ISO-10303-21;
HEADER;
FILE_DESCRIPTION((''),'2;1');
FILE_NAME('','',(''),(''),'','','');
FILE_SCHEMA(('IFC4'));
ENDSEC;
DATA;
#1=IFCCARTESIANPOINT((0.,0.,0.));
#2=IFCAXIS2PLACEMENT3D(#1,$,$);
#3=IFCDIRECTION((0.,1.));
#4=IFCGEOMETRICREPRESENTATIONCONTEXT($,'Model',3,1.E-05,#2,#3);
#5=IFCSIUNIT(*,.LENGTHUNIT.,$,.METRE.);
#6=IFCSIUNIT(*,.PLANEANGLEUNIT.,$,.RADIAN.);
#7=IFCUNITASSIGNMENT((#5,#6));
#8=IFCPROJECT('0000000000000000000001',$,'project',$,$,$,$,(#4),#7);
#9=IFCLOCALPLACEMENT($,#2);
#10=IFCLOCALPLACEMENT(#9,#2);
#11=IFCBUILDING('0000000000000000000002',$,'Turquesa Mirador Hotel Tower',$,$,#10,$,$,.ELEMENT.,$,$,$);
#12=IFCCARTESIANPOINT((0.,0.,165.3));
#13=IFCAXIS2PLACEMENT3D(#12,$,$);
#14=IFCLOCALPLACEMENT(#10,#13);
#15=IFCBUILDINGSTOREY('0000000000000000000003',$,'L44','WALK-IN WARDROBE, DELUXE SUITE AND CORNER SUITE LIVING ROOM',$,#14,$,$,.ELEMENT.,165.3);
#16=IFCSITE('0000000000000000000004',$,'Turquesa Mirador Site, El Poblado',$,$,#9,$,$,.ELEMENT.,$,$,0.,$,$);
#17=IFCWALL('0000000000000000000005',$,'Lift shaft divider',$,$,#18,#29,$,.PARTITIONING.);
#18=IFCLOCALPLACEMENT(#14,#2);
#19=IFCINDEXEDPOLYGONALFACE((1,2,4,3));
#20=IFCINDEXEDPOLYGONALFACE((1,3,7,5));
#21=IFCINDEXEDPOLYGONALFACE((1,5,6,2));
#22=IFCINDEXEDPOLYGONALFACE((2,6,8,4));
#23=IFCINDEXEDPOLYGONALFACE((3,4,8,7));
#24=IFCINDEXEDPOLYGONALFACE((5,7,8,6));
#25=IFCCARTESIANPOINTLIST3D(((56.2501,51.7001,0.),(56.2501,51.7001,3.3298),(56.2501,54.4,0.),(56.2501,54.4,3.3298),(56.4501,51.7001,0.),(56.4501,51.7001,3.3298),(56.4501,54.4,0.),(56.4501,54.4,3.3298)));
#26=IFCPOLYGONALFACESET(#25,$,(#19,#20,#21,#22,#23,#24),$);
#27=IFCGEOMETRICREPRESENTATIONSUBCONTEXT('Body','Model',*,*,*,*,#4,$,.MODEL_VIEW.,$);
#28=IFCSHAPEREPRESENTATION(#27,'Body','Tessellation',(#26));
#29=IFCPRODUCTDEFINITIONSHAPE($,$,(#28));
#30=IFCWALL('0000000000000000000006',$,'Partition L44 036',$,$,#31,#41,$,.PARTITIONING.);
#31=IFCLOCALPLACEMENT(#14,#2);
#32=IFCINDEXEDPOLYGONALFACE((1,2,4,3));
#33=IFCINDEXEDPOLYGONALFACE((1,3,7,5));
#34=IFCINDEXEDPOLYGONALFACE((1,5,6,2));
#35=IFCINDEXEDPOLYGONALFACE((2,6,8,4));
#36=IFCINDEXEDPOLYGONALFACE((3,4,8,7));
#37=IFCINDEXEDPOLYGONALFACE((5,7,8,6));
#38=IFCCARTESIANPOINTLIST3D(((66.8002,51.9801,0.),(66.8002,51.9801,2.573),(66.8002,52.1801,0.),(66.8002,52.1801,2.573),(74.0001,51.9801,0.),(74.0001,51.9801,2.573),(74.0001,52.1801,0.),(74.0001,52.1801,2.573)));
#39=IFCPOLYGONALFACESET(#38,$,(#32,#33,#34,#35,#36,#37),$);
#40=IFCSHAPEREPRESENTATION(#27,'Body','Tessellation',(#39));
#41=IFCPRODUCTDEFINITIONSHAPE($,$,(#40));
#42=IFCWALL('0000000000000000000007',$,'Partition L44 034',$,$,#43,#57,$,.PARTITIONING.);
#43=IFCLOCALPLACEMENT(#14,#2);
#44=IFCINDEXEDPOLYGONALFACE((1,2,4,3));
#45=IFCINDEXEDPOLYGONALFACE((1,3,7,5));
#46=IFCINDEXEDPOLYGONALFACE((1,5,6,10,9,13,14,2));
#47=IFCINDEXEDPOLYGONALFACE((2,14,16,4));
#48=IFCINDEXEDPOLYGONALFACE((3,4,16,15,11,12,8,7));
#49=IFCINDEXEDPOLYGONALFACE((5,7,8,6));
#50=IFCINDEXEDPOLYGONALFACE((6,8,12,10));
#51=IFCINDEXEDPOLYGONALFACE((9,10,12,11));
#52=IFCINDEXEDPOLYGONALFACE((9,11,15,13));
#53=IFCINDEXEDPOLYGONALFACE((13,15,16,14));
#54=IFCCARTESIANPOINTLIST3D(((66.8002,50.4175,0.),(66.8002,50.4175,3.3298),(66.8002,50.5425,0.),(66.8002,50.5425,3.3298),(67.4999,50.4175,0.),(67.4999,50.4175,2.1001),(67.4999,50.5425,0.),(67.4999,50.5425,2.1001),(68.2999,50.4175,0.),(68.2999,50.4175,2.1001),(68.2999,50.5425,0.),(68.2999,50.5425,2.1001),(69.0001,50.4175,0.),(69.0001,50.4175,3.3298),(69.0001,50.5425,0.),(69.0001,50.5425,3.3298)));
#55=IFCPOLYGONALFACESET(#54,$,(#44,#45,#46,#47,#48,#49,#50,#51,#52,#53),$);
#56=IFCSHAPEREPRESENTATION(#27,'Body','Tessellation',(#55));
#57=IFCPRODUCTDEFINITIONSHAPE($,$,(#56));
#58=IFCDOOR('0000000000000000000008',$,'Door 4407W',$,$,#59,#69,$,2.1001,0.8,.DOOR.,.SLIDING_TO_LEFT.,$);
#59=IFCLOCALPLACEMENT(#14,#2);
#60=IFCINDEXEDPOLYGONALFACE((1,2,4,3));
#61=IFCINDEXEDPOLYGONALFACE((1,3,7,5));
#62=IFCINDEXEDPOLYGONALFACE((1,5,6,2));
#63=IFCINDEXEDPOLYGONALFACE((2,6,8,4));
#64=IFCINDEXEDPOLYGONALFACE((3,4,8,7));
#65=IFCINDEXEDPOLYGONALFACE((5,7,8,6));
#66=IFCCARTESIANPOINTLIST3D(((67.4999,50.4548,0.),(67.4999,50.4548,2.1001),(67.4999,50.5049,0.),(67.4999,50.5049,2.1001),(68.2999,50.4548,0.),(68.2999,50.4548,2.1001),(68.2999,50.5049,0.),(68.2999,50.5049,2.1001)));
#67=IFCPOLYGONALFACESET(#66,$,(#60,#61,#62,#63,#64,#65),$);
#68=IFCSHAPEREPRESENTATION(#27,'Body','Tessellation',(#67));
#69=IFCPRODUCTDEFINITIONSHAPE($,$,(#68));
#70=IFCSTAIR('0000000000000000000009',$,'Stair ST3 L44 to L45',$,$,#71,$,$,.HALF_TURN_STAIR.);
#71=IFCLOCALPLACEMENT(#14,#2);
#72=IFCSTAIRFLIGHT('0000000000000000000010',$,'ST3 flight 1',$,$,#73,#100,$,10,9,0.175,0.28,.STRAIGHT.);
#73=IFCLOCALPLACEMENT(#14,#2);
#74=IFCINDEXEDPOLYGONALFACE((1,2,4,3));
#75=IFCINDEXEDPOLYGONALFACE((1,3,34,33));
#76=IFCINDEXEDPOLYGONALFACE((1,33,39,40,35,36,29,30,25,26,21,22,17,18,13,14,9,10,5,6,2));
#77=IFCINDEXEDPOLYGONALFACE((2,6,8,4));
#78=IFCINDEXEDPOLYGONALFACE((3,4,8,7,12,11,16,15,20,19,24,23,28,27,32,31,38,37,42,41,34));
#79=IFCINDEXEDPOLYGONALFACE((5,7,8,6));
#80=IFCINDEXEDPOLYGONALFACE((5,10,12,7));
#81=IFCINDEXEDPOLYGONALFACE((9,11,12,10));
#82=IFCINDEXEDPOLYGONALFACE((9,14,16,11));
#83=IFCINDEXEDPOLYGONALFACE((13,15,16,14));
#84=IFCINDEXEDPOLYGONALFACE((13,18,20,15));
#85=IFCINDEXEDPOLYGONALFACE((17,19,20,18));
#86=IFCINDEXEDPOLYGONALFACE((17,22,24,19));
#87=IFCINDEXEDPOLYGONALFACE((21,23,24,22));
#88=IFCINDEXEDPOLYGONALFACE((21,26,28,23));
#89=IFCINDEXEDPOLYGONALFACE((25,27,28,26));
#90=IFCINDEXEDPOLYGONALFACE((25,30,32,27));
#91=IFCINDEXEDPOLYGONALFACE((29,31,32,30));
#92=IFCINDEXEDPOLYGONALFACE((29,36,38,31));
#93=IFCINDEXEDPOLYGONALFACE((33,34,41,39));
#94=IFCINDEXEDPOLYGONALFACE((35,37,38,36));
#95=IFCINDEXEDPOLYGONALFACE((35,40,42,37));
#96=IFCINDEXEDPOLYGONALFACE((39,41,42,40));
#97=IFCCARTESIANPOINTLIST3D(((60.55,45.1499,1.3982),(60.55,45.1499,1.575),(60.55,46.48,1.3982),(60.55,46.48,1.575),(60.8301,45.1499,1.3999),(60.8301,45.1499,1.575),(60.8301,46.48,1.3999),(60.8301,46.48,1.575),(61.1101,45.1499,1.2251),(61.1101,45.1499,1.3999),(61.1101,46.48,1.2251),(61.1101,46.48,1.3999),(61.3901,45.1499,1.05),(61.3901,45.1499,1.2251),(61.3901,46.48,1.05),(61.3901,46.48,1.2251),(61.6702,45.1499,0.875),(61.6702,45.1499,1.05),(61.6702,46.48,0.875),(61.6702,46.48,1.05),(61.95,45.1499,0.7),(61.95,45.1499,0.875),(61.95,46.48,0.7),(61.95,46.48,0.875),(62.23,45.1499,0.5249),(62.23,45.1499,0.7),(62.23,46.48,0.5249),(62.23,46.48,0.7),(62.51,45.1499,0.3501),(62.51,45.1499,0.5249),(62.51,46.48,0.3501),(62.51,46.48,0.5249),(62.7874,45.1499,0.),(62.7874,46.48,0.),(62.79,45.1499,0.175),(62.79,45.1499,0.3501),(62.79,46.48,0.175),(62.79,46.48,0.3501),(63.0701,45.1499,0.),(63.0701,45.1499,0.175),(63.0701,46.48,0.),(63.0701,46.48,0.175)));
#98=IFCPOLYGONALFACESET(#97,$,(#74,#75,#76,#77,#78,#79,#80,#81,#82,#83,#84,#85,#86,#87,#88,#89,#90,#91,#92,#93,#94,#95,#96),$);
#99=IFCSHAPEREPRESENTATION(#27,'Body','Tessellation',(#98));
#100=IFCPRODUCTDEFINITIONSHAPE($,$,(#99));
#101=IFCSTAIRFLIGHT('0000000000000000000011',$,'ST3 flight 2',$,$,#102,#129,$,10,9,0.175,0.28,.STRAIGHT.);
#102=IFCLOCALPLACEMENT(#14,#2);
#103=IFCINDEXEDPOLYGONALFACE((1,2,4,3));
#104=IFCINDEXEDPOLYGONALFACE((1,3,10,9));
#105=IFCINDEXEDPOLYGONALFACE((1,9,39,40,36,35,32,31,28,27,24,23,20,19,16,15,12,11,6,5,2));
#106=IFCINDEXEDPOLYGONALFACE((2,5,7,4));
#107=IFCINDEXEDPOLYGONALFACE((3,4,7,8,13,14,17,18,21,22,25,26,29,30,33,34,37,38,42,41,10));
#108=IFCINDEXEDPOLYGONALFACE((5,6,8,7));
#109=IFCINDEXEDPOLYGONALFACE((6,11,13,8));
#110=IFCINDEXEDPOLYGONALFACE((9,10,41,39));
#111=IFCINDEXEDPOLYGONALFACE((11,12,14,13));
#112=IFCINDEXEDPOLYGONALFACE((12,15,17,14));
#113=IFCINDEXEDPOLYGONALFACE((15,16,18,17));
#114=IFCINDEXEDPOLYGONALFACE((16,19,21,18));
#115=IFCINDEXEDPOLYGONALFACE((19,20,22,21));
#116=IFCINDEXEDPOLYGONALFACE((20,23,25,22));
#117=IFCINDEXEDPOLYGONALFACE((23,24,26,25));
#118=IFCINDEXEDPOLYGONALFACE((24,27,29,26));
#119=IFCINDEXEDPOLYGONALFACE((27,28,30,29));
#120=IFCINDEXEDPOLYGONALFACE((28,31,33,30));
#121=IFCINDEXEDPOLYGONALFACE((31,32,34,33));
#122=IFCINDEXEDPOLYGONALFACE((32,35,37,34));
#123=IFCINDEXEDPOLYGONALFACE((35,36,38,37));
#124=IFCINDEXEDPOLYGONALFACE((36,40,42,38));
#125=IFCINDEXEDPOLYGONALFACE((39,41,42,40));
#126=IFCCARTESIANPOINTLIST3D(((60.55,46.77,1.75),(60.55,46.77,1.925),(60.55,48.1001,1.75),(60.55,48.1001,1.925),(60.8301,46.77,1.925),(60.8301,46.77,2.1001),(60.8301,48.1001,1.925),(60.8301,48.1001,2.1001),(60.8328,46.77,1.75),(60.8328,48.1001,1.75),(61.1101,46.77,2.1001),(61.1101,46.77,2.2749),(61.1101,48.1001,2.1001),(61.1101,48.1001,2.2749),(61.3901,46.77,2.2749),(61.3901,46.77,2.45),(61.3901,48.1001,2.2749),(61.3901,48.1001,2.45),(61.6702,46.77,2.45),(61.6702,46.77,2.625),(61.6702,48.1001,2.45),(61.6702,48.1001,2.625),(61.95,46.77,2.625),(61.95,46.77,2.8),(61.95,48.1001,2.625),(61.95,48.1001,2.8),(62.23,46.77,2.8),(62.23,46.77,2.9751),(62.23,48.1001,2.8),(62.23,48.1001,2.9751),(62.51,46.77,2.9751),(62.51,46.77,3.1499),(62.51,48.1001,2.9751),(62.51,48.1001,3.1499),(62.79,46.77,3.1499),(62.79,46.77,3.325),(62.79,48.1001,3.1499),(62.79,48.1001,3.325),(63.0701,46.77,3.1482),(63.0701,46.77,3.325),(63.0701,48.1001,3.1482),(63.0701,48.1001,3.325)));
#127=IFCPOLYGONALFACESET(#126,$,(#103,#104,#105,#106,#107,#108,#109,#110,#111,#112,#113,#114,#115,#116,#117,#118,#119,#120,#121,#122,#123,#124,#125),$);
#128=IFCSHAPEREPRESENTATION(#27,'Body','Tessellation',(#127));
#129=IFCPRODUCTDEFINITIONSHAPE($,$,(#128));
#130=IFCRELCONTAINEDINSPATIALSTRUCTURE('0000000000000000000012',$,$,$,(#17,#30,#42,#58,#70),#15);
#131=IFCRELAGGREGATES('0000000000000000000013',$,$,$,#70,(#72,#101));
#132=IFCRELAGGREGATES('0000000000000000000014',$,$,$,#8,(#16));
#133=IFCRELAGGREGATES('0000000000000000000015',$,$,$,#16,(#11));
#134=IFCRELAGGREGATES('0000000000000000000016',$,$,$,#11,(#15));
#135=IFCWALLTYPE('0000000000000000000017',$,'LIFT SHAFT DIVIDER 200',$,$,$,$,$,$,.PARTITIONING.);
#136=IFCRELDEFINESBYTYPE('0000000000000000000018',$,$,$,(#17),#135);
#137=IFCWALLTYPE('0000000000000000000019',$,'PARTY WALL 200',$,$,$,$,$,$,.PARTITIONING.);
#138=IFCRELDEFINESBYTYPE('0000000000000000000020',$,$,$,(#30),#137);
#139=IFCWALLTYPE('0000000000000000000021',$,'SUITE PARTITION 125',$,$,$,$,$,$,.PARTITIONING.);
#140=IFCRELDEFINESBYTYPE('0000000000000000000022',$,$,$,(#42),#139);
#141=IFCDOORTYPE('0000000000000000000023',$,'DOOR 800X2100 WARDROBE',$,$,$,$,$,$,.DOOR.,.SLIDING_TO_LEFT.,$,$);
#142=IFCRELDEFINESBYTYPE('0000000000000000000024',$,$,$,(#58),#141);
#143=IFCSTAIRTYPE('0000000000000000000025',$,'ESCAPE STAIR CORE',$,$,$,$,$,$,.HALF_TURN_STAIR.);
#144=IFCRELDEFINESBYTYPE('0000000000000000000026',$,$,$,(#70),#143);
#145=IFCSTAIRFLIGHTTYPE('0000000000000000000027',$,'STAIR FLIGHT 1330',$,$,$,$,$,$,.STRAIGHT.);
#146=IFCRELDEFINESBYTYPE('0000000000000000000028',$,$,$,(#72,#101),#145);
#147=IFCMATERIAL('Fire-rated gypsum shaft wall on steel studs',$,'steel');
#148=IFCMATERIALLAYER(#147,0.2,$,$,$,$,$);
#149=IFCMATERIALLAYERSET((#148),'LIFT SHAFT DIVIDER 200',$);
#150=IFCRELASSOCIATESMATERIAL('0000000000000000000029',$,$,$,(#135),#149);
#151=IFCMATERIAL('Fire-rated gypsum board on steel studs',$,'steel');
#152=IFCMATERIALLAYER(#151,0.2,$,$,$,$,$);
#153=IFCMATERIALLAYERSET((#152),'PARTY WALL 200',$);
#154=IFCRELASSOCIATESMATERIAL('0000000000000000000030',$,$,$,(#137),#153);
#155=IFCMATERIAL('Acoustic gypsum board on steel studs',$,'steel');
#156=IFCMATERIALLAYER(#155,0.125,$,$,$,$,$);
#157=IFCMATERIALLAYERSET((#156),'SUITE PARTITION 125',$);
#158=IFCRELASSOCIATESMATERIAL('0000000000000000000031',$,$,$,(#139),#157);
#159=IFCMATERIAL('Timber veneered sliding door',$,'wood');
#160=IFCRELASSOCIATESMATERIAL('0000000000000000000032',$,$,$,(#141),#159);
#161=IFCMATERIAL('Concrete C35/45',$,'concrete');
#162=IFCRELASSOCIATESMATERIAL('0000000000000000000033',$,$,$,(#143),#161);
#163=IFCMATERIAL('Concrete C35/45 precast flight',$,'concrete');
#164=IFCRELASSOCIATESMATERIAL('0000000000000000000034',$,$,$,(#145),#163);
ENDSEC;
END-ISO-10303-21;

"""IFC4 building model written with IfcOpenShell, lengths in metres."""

from ifc_helpers import new_model, si_unit, direction, frame, frame_2d, origin, place, context, subcontext, project, spatial, polyline, rectangle, outline, extrude, material, layer, layer_set, type_object, element, fill, aggregate, save


model = new_model("IFC4")

# Units and contexts
model_context = context("Model", 3, precision=1e-05, world=origin(), true_north=direction((0.0, 1.0)))
body_context = subcontext(model_context, "Body", "Model", "MODEL_VIEW")
ifc_project = project(units=[si_unit("LENGTHUNIT", "METRE"), si_unit("PLANEANGLEUNIT", "RADIAN")], contexts=[model_context])

# Site, building, storey
site_placement = place(None, origin())
site = spatial("IfcSite", under=ifc_project, at=site_placement, Name="Turquesa Mirador Site, El Poblado", CompositionType="ELEMENT", RefElevation=0.0)
building_placement = place(site_placement, origin())
building = spatial("IfcBuilding", under=site, at=building_placement, Name="Turquesa Mirador Hotel Tower", CompositionType="ELEMENT")
storey_placement = place(building_placement, frame((0.0, 0.0, 165.3)))
storey = spatial("IfcBuildingStorey", under=building, at=storey_placement, Name="L44", Description="WALK-IN WARDROBE, DELUXE SUITE AND CORNER SUITE LIVING ROOM", CompositionType="ELEMENT", Elevation=165.3)

# Walls
ifc_material_1 = material(Name="Fire-rated gypsum shaft wall on steel studs", Category="steel")
ifc_layer_1 = layer(ifc_material_1, 0.2)
ifc_layer_set_1 = layer_set([ifc_layer_1], Name="LIFT SHAFT DIVIDER 200")
wall_type_1 = type_object("IfcWallType", Name="LIFT SHAFT DIVIDER 200", PredefinedType="PARTITIONING", material=ifc_layer_set_1)
for number, where, z_axis, x_axis, name in (
    (1, (56.3501, 51.7, 0.0), (0.0, 0.0, 1.0), (0.0, 1.0, 0.0), "Lift shaft divider"),
):
    element("IfcWall", number, at=place(storey_placement, frame(where, z_axis=z_axis, x_axis=x_axis)), inside=storey, type_object=wall_type_1, Name=name, PredefinedType="PARTITIONING", context=body_context, shape_type="SweptSolid", body=[
        extrude(rectangle(XDim=2.7, YDim=0.2, at=frame_2d((1.3501, 0.0))), origin(), (0.0, 0.0, 1.0), 3.3298),
    ])
ifc_material_2 = material(Name="Fire-rated gypsum board on steel studs", Category="steel")
ifc_layer_2 = layer(ifc_material_2, 0.2)
ifc_layer_set_2 = layer_set([ifc_layer_2], Name="PARTY WALL 200")
wall_type_2 = type_object("IfcWallType", Name="PARTY WALL 200", PredefinedType="PARTITIONING", material=ifc_layer_set_2)
wall_1_placement = place(storey_placement, frame((66.8, 52.0801, 0.0), z_axis=(0.0, 0.0, 1.0), x_axis=(1.0, 0.0, 0.0)))
element("IfcWall", 2, at=wall_1_placement, inside=storey, type_object=wall_type_2, Name="Partition L44 036", PredefinedType="PARTITIONING", context=body_context, shape_type="SweptSolid", body=[
    extrude(rectangle(XDim=7.2, YDim=0.2, at=frame_2d((3.6001, 0.0))), origin(), (0.0, 0.0, 1.0), 2.573),
])

# Wall, opening, door
ifc_material_3 = material(Name="Acoustic gypsum board on steel studs", Category="steel")
ifc_layer_3 = layer(ifc_material_3, 0.125)
ifc_layer_set_3 = layer_set([ifc_layer_3], Name="SUITE PARTITION 125")
wall_type_3 = type_object("IfcWallType", Name="SUITE PARTITION 125", PredefinedType="PARTITIONING", material=ifc_layer_set_3)
wall_2_placement = place(storey_placement, frame((66.8, 50.48, 0.0), z_axis=(0.0, 0.0, 1.0), x_axis=(1.0, 0.0, 0.0)))
wall_2 = element("IfcWall", 3, at=wall_2_placement, inside=storey, type_object=wall_type_3, Name="Partition L44 034", PredefinedType="PARTITIONING", context=body_context, shape_type="SweptSolid", body=[
    extrude(rectangle(XDim=2.2, YDim=0.125, at=frame_2d((1.1001, 0.0))), origin(), (0.0, 0.0, 1.0), 3.3298),
])
opening_1_placement = place(wall_2_placement, frame((0.7, 0.0, 0.0)))
opening_1 = element("IfcOpeningElement", 4, at=opening_1_placement, cuts=wall_2, PredefinedType="OPENING", context=body_context, shape_type="SweptSolid", body=[
    extrude(rectangle(XDim=0.8, YDim=2.1001, at=frame_2d((0.3999, 1.05))), frame((0.0, 0.0725, 0.0), z_axis=(0.0, -1.0, 0.0), x_axis=(1.0, 0.0, 0.0)), (0.0, 0.0, 1.0), 0.145),
])
ifc_material_4 = material(Name="Timber veneered sliding door", Category="wood")
door_type_1 = type_object("IfcDoorType", Name="DOOR 800X2100 WARDROBE", OperationType="SLIDING_TO_LEFT", PredefinedType="DOOR", material=ifc_material_4)
door_1_placement = place(opening_1_placement, origin())
door_1 = element("IfcDoor", 5, at=door_1_placement, inside=storey, type_object=door_type_1, Name="Door 4407W", OperationType="SLIDING_TO_LEFT", OverallHeight=2.1001, OverallWidth=0.8, PredefinedType="DOOR", context=body_context, shape_type="SweptSolid", body=[
    extrude(rectangle(XDim=0.8, YDim=2.1001, at=frame_2d((0.3999, 1.05))), frame((0.0, 0.0249, 0.0), z_axis=(0.0, -1.0, 0.0), x_axis=(1.0, 0.0, 0.0)), (0.0, 0.0, 1.0), 0.05),
])
fill(opening_1, door_1)

# Stair, stair flights
ifc_material_5 = material(Name="Concrete C35/45", Category="concrete")
stair_type = type_object("IfcStairType", Name="ESCAPE STAIR CORE", PredefinedType="HALF_TURN_STAIR", material=ifc_material_5)
stair_placement = place(storey_placement, origin())
stair = element("IfcStair", 6, at=stair_placement, inside=storey, type_object=stair_type, Name="Stair ST3 L44 to L45", PredefinedType="HALF_TURN_STAIR")
ifc_material_6 = material(Name="Concrete C35/45 precast flight", Category="concrete")
stair_flight_type = type_object("IfcStairFlightType", Name="STAIR FLIGHT 1330", PredefinedType="STRAIGHT", material=ifc_material_6)
stair_flight_1_placement = place(storey_placement, frame((63.0701, 45.8149, 0.0), z_axis=(0.0, 0.0, 1.0), x_axis=(-1.0, 0.0, 0.0)))
stair_flight_1 = element("IfcStairFlight", 7, at=stair_flight_1_placement, type_object=stair_flight_type, Name="ST3 flight 1", NumberOfRisers=10, NumberOfTreads=9, PredefinedType="STRAIGHT", RiserHeight=0.175, TreadLength=0.28, context=body_context, shape_type="SweptSolid", body=[
    extrude(outline(polyline([(0.0, 0.0), (0.0, 0.175), (0.28, 0.175), (0.28, 0.3501), (0.5601, 0.3501), (0.5601, 0.5249), (0.8401, 0.5249), (0.8401, 0.7), (1.1201, 0.7), (1.1201, 0.875), (1.3999, 0.875), (1.3999, 1.05), (1.6799, 1.05), (1.6799, 1.2251), (1.96, 1.2251), (1.96, 1.3999), (2.24, 1.3999), (2.24, 1.575), (2.52, 1.575), (2.52, 1.75), (2.52, 1.3982), (0.2827, 0.0), (0.0, 0.0)])), frame((0.0, 0.665, 0.0), z_axis=(0.0, -1.0, 0.0), x_axis=(1.0, 0.0, 0.0)), (0.0, 0.0, 1.0), 1.3301),
])
stair_flight_2_placement = place(storey_placement, frame((60.55, 47.4351, 1.75), z_axis=(0.0, 0.0, 1.0), x_axis=(1.0, 0.0, 0.0)))
stair_flight_2 = element("IfcStairFlight", 8, at=stair_flight_2_placement, type_object=stair_flight_type, Name="ST3 flight 2", NumberOfRisers=10, NumberOfTreads=9, PredefinedType="STRAIGHT", RiserHeight=0.175, TreadLength=0.28, context=body_context, shape_type="SweptSolid", body=[
    extrude(outline(polyline([(0.0, 0.0), (0.0, 0.175), (0.28, 0.175), (0.28, 0.3501), (0.5601, 0.3501), (0.5601, 0.5249), (0.8401, 0.5249), (0.8401, 0.7), (1.1201, 0.7), (1.1201, 0.875), (1.3999, 0.875), (1.3999, 1.05), (1.6799, 1.05), (1.6799, 1.2251), (1.96, 1.2251), (1.96, 1.3999), (2.24, 1.3999), (2.24, 1.575), (2.52, 1.575), (2.52, 1.75), (2.52, 1.3982), (0.2827, 0.0), (0.0, 0.0)])), frame((0.0, 0.665, 0.0), z_axis=(0.0, -1.0, 0.0), x_axis=(1.0, 0.0, 0.0)), (0.0, 0.0, 1.0), 1.3301),
])
aggregate(stair, [stair_flight_1, stair_flight_2])

save(model, "model.ifc")
